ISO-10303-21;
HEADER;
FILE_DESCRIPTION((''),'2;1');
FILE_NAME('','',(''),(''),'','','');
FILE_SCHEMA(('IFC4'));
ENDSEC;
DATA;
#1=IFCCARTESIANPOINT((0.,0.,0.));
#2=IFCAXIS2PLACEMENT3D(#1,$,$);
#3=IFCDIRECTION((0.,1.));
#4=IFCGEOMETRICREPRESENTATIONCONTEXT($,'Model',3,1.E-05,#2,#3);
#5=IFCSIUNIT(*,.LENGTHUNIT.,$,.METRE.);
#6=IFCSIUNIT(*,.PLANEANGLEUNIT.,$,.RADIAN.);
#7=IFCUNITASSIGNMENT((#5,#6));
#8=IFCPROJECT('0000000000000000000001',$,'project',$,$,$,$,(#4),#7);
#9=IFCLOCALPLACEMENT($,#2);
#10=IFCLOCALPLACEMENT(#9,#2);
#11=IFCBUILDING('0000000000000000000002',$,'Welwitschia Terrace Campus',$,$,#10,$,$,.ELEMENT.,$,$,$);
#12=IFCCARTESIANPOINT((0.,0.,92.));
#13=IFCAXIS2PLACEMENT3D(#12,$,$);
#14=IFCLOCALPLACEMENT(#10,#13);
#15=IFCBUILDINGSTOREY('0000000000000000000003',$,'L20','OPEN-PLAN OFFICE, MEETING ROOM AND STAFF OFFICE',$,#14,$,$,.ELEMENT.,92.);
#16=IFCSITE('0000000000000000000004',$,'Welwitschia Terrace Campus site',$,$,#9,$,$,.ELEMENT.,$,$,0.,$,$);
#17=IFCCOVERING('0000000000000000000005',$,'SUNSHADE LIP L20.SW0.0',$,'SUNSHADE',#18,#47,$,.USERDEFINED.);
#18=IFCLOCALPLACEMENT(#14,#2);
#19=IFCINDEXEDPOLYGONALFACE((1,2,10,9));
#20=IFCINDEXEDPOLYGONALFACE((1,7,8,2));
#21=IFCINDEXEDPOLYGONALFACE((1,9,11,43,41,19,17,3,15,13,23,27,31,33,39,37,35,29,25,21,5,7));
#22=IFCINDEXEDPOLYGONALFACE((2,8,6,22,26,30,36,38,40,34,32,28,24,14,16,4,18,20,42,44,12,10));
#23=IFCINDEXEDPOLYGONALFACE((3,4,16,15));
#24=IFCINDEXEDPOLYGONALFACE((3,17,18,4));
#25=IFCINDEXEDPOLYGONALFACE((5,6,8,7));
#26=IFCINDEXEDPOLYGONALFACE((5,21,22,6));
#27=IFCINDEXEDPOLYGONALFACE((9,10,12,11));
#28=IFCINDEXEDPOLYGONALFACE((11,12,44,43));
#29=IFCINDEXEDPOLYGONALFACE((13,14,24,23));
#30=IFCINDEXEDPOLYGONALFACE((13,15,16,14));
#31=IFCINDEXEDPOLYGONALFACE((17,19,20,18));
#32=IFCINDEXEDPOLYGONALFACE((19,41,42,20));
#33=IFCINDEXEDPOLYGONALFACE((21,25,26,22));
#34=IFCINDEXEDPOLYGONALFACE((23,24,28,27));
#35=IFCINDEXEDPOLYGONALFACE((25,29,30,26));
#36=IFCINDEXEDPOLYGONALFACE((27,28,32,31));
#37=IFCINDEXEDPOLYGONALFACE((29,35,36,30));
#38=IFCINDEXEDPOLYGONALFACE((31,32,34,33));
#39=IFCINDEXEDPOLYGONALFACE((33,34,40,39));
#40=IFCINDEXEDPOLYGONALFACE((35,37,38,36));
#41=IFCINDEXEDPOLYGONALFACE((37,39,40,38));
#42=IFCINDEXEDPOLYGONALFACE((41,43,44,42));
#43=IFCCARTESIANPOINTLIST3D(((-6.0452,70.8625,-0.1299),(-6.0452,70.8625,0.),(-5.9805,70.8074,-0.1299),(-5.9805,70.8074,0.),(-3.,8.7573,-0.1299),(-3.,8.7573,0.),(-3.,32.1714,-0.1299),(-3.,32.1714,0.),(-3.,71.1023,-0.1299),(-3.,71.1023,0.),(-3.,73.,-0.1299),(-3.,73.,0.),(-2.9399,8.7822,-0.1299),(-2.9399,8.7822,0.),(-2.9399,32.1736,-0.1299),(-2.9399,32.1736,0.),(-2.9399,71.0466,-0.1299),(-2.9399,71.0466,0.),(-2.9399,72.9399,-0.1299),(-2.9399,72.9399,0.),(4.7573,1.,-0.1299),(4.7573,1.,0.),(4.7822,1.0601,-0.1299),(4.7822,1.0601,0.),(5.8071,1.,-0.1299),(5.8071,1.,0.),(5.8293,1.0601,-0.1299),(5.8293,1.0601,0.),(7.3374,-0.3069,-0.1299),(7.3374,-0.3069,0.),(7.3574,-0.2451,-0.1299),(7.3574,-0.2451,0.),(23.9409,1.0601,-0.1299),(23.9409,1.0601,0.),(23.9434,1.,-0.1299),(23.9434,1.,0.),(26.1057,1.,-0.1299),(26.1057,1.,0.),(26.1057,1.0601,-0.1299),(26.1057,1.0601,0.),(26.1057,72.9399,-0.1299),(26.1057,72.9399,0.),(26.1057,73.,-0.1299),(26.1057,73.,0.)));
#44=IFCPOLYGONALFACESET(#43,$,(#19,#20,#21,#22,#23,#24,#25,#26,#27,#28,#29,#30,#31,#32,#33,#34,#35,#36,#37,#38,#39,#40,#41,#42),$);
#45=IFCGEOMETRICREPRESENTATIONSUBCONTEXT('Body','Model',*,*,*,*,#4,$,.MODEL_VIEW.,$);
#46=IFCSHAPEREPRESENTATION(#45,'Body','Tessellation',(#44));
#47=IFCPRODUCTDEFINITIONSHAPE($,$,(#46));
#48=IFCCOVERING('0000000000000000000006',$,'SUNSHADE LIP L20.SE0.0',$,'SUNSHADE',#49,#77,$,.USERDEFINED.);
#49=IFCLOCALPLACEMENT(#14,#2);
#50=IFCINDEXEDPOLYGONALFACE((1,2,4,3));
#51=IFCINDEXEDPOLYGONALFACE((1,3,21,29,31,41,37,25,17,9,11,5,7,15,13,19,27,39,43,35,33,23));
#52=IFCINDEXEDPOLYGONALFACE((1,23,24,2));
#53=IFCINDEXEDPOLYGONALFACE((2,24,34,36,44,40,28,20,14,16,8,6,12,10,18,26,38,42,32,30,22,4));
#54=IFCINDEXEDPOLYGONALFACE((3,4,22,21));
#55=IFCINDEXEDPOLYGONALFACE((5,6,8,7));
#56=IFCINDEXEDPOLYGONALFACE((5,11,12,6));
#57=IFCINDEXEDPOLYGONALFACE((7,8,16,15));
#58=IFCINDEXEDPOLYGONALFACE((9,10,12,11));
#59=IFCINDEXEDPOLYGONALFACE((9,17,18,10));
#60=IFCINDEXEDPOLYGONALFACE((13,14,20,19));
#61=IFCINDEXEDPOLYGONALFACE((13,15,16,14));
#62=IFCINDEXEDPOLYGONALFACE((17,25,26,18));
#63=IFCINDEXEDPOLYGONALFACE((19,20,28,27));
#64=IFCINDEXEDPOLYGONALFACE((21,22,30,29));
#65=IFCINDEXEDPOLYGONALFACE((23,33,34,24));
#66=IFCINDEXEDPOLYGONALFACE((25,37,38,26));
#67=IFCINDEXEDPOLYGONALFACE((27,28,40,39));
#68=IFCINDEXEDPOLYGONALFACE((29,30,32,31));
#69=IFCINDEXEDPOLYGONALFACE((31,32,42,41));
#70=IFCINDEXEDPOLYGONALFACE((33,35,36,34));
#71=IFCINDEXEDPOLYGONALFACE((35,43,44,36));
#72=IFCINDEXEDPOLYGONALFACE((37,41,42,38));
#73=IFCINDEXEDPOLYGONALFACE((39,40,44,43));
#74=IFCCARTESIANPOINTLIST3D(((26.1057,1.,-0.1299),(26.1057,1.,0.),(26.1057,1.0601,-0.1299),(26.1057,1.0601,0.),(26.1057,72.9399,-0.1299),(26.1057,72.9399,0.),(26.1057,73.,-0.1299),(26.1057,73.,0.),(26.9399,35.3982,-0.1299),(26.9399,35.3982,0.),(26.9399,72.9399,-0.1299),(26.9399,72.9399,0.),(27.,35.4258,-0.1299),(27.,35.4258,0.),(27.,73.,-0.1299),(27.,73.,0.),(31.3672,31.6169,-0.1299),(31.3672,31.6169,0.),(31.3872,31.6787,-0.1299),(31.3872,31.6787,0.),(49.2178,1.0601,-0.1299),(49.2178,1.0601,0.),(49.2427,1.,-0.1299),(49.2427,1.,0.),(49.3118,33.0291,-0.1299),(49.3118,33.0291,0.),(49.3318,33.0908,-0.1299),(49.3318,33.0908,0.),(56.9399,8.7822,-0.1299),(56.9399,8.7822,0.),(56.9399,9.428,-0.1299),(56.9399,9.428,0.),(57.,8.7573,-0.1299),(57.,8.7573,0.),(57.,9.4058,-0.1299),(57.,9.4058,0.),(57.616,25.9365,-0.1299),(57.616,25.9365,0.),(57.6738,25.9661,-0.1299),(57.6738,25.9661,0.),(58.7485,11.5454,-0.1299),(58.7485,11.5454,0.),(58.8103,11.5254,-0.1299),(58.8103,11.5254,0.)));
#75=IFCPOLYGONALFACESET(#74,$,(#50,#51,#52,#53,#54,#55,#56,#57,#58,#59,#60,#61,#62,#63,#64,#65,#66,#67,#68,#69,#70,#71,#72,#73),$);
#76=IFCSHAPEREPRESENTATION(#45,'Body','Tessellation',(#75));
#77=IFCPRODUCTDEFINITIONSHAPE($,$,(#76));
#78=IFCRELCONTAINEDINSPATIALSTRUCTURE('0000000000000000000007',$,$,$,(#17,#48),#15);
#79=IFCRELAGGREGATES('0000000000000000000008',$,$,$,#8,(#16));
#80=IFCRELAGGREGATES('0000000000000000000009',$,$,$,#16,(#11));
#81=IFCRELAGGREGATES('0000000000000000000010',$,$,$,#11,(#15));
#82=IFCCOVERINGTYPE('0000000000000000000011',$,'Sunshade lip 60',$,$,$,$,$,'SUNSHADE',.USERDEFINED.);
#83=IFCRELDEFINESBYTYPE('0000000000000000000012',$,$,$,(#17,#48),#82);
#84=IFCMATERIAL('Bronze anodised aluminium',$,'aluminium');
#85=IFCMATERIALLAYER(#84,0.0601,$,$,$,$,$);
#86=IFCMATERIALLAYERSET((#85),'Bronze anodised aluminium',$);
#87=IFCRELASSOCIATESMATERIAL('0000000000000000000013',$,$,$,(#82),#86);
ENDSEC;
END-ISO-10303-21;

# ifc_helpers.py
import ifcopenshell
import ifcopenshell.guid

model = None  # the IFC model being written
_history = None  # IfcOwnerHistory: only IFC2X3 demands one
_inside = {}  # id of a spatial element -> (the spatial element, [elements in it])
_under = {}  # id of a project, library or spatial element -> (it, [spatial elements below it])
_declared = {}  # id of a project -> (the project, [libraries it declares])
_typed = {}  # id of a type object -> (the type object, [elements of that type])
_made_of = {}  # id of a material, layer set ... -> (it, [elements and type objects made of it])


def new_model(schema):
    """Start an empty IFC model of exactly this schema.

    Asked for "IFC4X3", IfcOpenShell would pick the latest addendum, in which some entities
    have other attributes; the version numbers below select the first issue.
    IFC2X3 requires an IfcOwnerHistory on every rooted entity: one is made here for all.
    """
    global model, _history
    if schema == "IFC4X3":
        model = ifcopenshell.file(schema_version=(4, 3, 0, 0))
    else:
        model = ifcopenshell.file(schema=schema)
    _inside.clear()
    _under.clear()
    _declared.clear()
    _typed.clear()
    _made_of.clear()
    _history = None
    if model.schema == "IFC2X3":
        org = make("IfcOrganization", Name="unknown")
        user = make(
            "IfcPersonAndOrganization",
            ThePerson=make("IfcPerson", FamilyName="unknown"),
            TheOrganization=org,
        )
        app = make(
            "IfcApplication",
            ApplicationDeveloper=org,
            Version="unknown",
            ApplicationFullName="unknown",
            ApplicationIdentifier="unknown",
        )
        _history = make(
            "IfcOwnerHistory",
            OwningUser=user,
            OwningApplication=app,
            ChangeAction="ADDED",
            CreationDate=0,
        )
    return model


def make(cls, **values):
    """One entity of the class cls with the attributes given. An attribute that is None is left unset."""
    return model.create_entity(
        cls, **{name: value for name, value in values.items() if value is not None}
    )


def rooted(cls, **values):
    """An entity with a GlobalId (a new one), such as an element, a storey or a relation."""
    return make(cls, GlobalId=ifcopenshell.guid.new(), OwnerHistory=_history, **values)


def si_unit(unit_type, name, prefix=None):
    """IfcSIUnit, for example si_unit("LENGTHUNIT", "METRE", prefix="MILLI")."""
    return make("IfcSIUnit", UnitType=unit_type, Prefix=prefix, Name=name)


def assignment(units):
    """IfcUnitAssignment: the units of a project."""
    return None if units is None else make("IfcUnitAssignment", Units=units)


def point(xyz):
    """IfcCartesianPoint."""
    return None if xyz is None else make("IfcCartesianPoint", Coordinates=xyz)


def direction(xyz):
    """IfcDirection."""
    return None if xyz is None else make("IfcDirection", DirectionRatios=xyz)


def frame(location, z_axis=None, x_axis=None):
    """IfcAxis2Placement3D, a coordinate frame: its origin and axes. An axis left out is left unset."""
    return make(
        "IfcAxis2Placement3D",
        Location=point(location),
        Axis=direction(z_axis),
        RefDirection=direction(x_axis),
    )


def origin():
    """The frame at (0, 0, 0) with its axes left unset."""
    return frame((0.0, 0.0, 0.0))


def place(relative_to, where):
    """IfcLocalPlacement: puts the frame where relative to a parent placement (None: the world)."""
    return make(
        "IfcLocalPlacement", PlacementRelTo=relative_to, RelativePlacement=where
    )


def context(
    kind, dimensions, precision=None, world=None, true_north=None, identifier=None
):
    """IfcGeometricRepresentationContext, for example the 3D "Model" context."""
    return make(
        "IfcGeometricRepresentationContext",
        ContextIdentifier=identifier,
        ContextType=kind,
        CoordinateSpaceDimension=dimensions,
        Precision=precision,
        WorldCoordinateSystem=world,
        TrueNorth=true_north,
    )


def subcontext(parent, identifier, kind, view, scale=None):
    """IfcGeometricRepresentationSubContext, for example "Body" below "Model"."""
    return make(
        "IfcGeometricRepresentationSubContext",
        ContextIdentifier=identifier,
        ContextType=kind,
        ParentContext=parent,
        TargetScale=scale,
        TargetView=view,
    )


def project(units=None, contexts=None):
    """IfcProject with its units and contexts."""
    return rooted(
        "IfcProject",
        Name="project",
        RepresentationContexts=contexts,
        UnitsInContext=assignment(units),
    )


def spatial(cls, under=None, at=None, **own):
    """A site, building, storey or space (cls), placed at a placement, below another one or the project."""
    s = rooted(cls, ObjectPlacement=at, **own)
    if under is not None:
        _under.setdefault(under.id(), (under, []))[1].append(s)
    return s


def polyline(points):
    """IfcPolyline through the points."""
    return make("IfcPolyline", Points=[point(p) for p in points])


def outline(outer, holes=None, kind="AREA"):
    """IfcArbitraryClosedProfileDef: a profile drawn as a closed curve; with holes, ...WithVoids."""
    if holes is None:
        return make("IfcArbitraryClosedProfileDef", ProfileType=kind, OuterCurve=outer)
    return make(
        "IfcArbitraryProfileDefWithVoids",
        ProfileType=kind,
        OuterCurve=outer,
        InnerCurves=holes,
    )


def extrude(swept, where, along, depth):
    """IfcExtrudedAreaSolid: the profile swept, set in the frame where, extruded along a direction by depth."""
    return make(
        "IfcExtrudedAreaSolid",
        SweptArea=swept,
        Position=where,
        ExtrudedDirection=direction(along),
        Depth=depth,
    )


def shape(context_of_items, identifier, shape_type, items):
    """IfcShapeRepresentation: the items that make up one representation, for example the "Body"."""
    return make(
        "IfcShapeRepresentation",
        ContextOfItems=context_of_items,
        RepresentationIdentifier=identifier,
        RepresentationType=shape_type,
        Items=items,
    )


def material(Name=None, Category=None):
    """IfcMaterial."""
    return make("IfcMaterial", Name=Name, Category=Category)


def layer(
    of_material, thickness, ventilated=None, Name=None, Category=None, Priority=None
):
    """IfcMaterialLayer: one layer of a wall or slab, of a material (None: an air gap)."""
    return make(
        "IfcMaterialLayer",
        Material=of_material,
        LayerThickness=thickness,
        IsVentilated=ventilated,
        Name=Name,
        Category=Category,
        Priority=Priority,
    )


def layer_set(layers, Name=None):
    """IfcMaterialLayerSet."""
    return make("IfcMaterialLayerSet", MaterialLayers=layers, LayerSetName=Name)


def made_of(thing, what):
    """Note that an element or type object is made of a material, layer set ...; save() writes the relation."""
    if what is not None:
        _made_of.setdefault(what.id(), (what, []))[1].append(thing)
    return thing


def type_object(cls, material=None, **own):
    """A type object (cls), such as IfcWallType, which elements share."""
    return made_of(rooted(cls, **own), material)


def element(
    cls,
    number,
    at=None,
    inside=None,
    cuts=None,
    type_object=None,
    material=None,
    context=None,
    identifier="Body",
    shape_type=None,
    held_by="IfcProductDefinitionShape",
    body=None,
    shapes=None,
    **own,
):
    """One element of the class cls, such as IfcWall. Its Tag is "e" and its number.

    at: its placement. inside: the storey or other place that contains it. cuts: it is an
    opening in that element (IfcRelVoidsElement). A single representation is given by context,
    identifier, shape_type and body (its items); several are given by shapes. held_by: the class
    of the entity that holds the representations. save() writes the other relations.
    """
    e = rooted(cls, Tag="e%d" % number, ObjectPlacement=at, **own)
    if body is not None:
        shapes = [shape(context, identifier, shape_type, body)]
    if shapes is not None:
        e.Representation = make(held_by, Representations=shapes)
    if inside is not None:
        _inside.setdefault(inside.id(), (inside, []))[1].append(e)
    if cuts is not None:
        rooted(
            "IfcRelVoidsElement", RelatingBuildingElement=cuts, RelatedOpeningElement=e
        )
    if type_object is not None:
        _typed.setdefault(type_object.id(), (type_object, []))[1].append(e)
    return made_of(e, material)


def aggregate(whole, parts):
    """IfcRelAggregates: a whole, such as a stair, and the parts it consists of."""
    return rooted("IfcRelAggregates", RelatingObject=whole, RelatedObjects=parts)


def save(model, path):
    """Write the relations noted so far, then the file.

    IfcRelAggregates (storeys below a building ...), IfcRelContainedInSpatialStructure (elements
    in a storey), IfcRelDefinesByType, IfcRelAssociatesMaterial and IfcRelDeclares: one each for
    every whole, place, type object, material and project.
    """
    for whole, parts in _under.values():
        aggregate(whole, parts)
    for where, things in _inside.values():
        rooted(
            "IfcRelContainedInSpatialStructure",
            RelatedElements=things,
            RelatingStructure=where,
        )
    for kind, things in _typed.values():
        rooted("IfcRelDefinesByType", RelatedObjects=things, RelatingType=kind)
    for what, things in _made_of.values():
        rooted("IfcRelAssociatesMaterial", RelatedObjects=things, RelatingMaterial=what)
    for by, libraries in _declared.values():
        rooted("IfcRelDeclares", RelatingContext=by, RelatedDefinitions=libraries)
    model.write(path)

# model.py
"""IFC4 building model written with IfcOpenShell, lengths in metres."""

from ifc_helpers import new_model, si_unit, direction, frame, origin, place, context, subcontext, project, spatial, polyline, outline, extrude, material, layer, layer_set, type_object, element, save


model = new_model("IFC4")

# Units and contexts
model_context = context("Model", 3, precision=1e-05, world=origin(), true_north=direction((0.0, 1.0)))
body_context = subcontext(model_context, "Body", "Model", "MODEL_VIEW")
ifc_project = project(units=[si_unit("LENGTHUNIT", "METRE"), si_unit("PLANEANGLEUNIT", "RADIAN")], contexts=[model_context])

# Site, building, storey
site_placement = place(None, origin())
site = spatial("IfcSite", under=ifc_project, at=site_placement, Name="Welwitschia Terrace Campus site", CompositionType="ELEMENT", RefElevation=0.0)
building_placement = place(site_placement, origin())
building = spatial("IfcBuilding", under=site, at=building_placement, Name="Welwitschia Terrace Campus", CompositionType="ELEMENT")
storey_placement = place(building_placement, frame((0.0, 0.0, 92.0)))
storey = spatial("IfcBuildingStorey", under=building, at=storey_placement, Name="L20", Description="OPEN-PLAN OFFICE, MEETING ROOM AND STAFF OFFICE", CompositionType="ELEMENT", Elevation=92.0)

# Coverings
ifc_material_1 = material(Name="Bronze anodised aluminium", Category="aluminium")
ifc_layer_1 = layer(ifc_material_1, 0.0601)
ifc_layer_set_1 = layer_set([ifc_layer_1], Name="Bronze anodised aluminium")
covering_type_1 = type_object("IfcCoveringType", Name="Sunshade lip 60", ElementType="SUNSHADE", PredefinedType="USERDEFINED", material=ifc_layer_set_1)
covering_1_placement = place(storey_placement, frame((0.0, 0.0, -0.1299)))
element("IfcCovering", 1, at=covering_1_placement, inside=storey, type_object=covering_type_1, Name="SUNSHADE LIP L20.SW0.0", ObjectType="SUNSHADE", PredefinedType="USERDEFINED", context=body_context, shape_type="SweptSolid", body=[
    extrude(outline(polyline([(26.1057, 73.0), (26.1057, 72.9399), (-2.9399, 72.9399), (-2.9399, 71.0466), (-5.9805, 70.8074), (-2.9399, 32.1736), (-2.9399, 8.7822), (4.7822, 1.0601), (5.8293, 1.0601), (7.3574, -0.2451), (23.9409, 1.0601), (26.1057, 1.0601), (26.1057, 1.0), (23.9434, 1.0), (7.3374, -0.3069), (5.8071, 1.0), (4.7573, 1.0), (-3.0, 8.7573), (-3.0, 32.1714), (-6.0452, 70.8625), (-3.0, 71.1023), (-3.0, 73.0), (26.1057, 73.0)])), origin(), (0.0, 0.0, 1.0), 0.1299),
])
covering_2_placement = place(storey_placement, frame((0.0, 0.0, -0.1299)))
element("IfcCovering", 2, at=covering_2_placement, inside=storey, type_object=covering_type_1, Name="SUNSHADE LIP L20.SE0.0", ObjectType="SUNSHADE", PredefinedType="USERDEFINED", context=body_context, shape_type="SweptSolid", body=[
    extrude(outline(polyline([(27.0, 35.4258), (31.3872, 31.6787), (49.3318, 33.0908), (57.6738, 25.9661), (58.8103, 11.5254), (57.0, 9.4058), (57.0, 8.7573), (49.2427, 1.0), (26.1057, 1.0), (26.1057, 1.0601), (49.2178, 1.0601), (56.9399, 8.7822), (56.9399, 9.428), (58.7485, 11.5454), (57.616, 25.9365), (49.3118, 33.0291), (31.3672, 31.6169), (26.9399, 35.3982), (26.9399, 72.9399), (26.1057, 72.9399), (26.1057, 73.0), (27.0, 73.0), (27.0, 35.4258)])), origin(), (0.0, 0.0, 1.0), 0.1299),
])

save(model, "model.ifc")
